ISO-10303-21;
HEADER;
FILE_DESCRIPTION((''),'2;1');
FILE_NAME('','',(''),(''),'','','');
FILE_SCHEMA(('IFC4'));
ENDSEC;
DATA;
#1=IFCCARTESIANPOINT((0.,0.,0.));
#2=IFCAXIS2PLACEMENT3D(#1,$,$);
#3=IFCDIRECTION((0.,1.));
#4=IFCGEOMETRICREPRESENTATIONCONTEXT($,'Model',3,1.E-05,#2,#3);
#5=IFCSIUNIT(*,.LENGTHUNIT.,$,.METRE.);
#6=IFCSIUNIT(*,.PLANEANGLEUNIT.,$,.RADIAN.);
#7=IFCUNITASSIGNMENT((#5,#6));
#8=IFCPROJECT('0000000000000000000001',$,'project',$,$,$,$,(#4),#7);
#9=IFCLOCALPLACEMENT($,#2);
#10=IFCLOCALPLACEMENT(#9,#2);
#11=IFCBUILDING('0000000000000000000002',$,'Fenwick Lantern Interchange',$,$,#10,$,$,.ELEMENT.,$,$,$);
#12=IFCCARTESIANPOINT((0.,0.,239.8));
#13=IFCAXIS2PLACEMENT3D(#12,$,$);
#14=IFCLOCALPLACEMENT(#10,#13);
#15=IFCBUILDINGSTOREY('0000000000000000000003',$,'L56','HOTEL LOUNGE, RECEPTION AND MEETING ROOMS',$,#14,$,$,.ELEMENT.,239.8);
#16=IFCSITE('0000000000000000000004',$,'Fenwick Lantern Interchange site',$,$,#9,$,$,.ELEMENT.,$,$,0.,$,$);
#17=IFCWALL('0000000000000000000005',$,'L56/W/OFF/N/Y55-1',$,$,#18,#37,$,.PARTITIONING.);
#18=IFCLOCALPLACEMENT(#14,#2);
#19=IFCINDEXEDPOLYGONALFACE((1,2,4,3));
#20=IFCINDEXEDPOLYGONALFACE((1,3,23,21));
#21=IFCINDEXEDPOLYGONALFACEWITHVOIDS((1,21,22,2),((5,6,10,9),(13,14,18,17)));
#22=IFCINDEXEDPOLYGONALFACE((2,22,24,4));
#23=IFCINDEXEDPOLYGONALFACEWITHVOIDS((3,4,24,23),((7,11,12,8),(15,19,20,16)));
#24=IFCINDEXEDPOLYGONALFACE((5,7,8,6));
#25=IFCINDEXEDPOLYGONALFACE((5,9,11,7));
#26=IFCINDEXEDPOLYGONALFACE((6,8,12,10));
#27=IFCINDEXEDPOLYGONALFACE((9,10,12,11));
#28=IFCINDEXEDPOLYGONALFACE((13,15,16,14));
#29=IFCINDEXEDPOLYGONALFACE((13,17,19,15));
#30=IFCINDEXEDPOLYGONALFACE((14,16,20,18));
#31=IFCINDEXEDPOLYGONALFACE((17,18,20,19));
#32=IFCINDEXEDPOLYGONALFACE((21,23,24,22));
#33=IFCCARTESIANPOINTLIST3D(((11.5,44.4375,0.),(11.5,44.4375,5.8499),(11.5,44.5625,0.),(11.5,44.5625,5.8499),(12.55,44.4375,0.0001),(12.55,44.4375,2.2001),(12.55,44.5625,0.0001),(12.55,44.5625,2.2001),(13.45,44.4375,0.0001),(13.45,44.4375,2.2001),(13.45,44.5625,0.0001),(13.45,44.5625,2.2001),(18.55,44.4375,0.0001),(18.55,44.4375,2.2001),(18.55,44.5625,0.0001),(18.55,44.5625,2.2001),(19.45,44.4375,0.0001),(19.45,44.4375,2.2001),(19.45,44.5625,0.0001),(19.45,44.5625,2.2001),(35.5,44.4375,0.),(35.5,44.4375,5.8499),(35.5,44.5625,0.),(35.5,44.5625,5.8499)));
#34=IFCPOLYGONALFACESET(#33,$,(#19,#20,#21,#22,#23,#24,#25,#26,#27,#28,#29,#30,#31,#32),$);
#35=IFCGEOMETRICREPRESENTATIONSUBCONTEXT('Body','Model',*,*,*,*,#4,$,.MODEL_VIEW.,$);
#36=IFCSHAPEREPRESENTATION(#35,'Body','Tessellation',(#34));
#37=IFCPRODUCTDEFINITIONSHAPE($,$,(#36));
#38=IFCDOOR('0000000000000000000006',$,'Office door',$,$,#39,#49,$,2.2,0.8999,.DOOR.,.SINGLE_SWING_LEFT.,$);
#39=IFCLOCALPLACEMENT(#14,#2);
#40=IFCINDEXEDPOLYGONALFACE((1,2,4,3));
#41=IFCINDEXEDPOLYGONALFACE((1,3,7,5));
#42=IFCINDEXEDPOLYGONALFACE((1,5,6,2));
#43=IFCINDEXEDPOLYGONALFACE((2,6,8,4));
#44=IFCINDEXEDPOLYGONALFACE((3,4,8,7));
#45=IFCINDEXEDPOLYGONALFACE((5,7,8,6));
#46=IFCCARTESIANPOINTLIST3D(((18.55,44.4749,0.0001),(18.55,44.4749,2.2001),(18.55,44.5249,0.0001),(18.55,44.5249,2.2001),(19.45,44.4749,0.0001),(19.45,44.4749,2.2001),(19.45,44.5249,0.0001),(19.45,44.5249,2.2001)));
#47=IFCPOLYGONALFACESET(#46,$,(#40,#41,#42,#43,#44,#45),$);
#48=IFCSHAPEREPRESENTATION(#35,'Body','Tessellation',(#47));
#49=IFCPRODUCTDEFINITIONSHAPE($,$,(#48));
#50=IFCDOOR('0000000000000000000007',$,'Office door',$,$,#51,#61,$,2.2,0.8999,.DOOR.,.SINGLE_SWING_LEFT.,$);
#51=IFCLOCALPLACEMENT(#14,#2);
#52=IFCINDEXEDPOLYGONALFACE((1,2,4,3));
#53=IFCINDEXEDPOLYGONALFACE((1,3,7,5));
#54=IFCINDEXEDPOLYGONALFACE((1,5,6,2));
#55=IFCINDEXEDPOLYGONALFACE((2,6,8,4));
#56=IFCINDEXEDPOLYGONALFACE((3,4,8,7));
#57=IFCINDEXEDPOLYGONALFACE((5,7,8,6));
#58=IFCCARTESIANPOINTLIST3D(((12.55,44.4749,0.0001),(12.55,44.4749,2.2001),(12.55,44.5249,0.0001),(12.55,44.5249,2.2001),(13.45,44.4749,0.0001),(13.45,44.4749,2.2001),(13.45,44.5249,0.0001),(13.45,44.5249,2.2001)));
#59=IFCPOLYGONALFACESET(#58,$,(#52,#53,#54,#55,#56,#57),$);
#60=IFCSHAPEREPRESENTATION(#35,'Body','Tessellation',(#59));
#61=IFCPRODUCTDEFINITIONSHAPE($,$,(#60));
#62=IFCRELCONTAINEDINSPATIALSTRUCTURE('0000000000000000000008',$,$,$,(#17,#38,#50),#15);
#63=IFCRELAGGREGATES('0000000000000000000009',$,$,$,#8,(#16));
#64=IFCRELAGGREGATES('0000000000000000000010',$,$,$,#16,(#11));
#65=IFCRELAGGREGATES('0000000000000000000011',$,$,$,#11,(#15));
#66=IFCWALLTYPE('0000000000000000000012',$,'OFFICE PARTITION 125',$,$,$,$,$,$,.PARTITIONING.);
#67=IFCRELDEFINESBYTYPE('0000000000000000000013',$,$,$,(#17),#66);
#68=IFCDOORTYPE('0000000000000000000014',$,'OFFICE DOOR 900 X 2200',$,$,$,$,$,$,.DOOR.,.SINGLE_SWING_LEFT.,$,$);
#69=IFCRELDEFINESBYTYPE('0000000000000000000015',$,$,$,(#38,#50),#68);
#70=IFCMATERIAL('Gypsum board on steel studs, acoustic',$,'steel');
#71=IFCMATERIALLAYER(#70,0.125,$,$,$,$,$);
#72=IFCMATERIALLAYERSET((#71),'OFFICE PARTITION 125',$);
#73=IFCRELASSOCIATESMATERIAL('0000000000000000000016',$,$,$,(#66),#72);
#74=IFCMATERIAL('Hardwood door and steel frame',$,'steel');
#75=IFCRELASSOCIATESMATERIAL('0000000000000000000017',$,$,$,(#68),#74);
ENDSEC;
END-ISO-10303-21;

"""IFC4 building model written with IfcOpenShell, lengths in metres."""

from ifc_helpers import new_model, si_unit, direction, frame, frame_2d, origin, place, context, subcontext, project, spatial, rectangle, extrude, material, layer, layer_set, type_object, element, fill, save


model = new_model("IFC4")

# Units and contexts
model_context = context("Model", 3, precision=1e-05, world=origin(), true_north=direction((0.0, 1.0)))
body_context = subcontext(model_context, "Body", "Model", "MODEL_VIEW")
ifc_project = project(units=[si_unit("LENGTHUNIT", "METRE"), si_unit("PLANEANGLEUNIT", "RADIAN")], contexts=[model_context])

# Site, building, storey
site_placement = place(None, origin())
site = spatial("IfcSite", under=ifc_project, at=site_placement, Name="Fenwick Lantern Interchange site", CompositionType="ELEMENT", RefElevation=0.0)
building_placement = place(site_placement, origin())
building = spatial("IfcBuilding", under=site, at=building_placement, Name="Fenwick Lantern Interchange", CompositionType="ELEMENT")
storey_placement = place(building_placement, frame((0.0, 0.0, 239.8)))
storey = spatial("IfcBuildingStorey", under=building, at=storey_placement, Name="L56", Description="HOTEL LOUNGE, RECEPTION AND MEETING ROOMS", CompositionType="ELEMENT", Elevation=239.8)

# Shared definitions
ifc_material_1 = material(Name="Gypsum board on steel studs, acoustic", Category="steel")
ifc_layer_1 = layer(ifc_material_1, 0.125)
ifc_layer_set_1 = layer_set([ifc_layer_1], Name="OFFICE PARTITION 125")
wall_type_1 = type_object("IfcWallType", Name="OFFICE PARTITION 125", PredefinedType="PARTITIONING", material=ifc_layer_set_1)
ifc_material_2 = material(Name="Hardwood door and steel frame", Category="steel")
door_type = type_object("IfcDoorType", Name="OFFICE DOOR 900 X 2200", OperationType="SINGLE_SWING_LEFT", PredefinedType="DOOR", material=ifc_material_2)

# Wall, openings, doors
wall_1_placement = place(storey_placement, frame((35.5, 44.5, 0.0), z_axis=(0.0, 0.0, 1.0), x_axis=(-1.0, 0.0, 0.0)))
wall_1 = element("IfcWall", 1, at=wall_1_placement, inside=storey, type_object=wall_type_1, Name="L56/W/OFF/N/Y55-1", PredefinedType="PARTITIONING", context=body_context, shape_type="SweptSolid", body=[
    extrude(rectangle(XDim=24.0, YDim=0.125, at=frame_2d((12.0, 0.0))), origin(), (0.0, 0.0, 1.0), 5.8499),
])
opening_1_placement = place(wall_1_placement, frame((16.05, 0.0, 0.0)))
opening_1 = element("IfcOpeningElement", 2, at=opening_1_placement, cuts=wall_1, PredefinedType="OPENING", context=body_context, shape_type="SweptSolid", body=[
    extrude(rectangle(XDim=0.8999, YDim=2.2, at=frame_2d((0.45, 1.1001))), frame((0.0, 0.0725, 0.0), z_axis=(0.0, -1.0, 0.0), x_axis=(1.0, 0.0, 0.0)), (0.0, 0.0, 1.0), 0.145),
])
opening_2_placement = place(wall_1_placement, frame((22.05, 0.0, 0.0)))
opening_2 = element("IfcOpeningElement", 3, at=opening_2_placement, cuts=wall_1, PredefinedType="OPENING", context=body_context, shape_type="SweptSolid", body=[
    extrude(rectangle(XDim=0.8999, YDim=2.2, at=frame_2d((0.45, 1.1001))), frame((0.0, 0.0725, 0.0), z_axis=(0.0, -1.0, 0.0), x_axis=(1.0, 0.0, 0.0)), (0.0, 0.0, 1.0), 0.145),
])
door_1_placement = place(opening_1_placement, frame((0.8999, 0.0, 0.0), z_axis=(0.0, 0.0, 1.0), x_axis=(-1.0, 0.0, 0.0)))
door_1 = element("IfcDoor", 4, at=door_1_placement, inside=storey, type_object=door_type, Name="Office door", OperationType="SINGLE_SWING_LEFT", OverallHeight=2.2, OverallWidth=0.8999, PredefinedType="DOOR", context=body_context, shape_type="SweptSolid", body=[
    extrude(rectangle(XDim=0.8999, YDim=2.2, at=frame_2d((0.45, 1.1001))), frame((0.0, 0.0249, 0.0), z_axis=(0.0, -1.0, 0.0), x_axis=(1.0, 0.0, 0.0)), (0.0, 0.0, 1.0), 0.05),
])
fill(opening_1, door_1)
door_2_placement = place(opening_2_placement, frame((0.8999, 0.0, 0.0), z_axis=(0.0, 0.0, 1.0), x_axis=(-1.0, 0.0, 0.0)))
door_2 = element("IfcDoor", 5, at=door_2_placement, inside=storey, type_object=door_type, Name="Office door", OperationType="SINGLE_SWING_LEFT", OverallHeight=2.2, OverallWidth=0.8999, PredefinedType="DOOR", context=body_context, shape_type="SweptSolid", body=[
    extrude(rectangle(XDim=0.8999, YDim=2.2, at=frame_2d((0.45, 1.1001))), frame((0.0, 0.0249, 0.0), z_axis=(0.0, -1.0, 0.0), x_axis=(1.0, 0.0, 0.0)), (0.0, 0.0, 1.0), 0.05),
])
fill(opening_2, door_2)

save(model, "model.ifc")
